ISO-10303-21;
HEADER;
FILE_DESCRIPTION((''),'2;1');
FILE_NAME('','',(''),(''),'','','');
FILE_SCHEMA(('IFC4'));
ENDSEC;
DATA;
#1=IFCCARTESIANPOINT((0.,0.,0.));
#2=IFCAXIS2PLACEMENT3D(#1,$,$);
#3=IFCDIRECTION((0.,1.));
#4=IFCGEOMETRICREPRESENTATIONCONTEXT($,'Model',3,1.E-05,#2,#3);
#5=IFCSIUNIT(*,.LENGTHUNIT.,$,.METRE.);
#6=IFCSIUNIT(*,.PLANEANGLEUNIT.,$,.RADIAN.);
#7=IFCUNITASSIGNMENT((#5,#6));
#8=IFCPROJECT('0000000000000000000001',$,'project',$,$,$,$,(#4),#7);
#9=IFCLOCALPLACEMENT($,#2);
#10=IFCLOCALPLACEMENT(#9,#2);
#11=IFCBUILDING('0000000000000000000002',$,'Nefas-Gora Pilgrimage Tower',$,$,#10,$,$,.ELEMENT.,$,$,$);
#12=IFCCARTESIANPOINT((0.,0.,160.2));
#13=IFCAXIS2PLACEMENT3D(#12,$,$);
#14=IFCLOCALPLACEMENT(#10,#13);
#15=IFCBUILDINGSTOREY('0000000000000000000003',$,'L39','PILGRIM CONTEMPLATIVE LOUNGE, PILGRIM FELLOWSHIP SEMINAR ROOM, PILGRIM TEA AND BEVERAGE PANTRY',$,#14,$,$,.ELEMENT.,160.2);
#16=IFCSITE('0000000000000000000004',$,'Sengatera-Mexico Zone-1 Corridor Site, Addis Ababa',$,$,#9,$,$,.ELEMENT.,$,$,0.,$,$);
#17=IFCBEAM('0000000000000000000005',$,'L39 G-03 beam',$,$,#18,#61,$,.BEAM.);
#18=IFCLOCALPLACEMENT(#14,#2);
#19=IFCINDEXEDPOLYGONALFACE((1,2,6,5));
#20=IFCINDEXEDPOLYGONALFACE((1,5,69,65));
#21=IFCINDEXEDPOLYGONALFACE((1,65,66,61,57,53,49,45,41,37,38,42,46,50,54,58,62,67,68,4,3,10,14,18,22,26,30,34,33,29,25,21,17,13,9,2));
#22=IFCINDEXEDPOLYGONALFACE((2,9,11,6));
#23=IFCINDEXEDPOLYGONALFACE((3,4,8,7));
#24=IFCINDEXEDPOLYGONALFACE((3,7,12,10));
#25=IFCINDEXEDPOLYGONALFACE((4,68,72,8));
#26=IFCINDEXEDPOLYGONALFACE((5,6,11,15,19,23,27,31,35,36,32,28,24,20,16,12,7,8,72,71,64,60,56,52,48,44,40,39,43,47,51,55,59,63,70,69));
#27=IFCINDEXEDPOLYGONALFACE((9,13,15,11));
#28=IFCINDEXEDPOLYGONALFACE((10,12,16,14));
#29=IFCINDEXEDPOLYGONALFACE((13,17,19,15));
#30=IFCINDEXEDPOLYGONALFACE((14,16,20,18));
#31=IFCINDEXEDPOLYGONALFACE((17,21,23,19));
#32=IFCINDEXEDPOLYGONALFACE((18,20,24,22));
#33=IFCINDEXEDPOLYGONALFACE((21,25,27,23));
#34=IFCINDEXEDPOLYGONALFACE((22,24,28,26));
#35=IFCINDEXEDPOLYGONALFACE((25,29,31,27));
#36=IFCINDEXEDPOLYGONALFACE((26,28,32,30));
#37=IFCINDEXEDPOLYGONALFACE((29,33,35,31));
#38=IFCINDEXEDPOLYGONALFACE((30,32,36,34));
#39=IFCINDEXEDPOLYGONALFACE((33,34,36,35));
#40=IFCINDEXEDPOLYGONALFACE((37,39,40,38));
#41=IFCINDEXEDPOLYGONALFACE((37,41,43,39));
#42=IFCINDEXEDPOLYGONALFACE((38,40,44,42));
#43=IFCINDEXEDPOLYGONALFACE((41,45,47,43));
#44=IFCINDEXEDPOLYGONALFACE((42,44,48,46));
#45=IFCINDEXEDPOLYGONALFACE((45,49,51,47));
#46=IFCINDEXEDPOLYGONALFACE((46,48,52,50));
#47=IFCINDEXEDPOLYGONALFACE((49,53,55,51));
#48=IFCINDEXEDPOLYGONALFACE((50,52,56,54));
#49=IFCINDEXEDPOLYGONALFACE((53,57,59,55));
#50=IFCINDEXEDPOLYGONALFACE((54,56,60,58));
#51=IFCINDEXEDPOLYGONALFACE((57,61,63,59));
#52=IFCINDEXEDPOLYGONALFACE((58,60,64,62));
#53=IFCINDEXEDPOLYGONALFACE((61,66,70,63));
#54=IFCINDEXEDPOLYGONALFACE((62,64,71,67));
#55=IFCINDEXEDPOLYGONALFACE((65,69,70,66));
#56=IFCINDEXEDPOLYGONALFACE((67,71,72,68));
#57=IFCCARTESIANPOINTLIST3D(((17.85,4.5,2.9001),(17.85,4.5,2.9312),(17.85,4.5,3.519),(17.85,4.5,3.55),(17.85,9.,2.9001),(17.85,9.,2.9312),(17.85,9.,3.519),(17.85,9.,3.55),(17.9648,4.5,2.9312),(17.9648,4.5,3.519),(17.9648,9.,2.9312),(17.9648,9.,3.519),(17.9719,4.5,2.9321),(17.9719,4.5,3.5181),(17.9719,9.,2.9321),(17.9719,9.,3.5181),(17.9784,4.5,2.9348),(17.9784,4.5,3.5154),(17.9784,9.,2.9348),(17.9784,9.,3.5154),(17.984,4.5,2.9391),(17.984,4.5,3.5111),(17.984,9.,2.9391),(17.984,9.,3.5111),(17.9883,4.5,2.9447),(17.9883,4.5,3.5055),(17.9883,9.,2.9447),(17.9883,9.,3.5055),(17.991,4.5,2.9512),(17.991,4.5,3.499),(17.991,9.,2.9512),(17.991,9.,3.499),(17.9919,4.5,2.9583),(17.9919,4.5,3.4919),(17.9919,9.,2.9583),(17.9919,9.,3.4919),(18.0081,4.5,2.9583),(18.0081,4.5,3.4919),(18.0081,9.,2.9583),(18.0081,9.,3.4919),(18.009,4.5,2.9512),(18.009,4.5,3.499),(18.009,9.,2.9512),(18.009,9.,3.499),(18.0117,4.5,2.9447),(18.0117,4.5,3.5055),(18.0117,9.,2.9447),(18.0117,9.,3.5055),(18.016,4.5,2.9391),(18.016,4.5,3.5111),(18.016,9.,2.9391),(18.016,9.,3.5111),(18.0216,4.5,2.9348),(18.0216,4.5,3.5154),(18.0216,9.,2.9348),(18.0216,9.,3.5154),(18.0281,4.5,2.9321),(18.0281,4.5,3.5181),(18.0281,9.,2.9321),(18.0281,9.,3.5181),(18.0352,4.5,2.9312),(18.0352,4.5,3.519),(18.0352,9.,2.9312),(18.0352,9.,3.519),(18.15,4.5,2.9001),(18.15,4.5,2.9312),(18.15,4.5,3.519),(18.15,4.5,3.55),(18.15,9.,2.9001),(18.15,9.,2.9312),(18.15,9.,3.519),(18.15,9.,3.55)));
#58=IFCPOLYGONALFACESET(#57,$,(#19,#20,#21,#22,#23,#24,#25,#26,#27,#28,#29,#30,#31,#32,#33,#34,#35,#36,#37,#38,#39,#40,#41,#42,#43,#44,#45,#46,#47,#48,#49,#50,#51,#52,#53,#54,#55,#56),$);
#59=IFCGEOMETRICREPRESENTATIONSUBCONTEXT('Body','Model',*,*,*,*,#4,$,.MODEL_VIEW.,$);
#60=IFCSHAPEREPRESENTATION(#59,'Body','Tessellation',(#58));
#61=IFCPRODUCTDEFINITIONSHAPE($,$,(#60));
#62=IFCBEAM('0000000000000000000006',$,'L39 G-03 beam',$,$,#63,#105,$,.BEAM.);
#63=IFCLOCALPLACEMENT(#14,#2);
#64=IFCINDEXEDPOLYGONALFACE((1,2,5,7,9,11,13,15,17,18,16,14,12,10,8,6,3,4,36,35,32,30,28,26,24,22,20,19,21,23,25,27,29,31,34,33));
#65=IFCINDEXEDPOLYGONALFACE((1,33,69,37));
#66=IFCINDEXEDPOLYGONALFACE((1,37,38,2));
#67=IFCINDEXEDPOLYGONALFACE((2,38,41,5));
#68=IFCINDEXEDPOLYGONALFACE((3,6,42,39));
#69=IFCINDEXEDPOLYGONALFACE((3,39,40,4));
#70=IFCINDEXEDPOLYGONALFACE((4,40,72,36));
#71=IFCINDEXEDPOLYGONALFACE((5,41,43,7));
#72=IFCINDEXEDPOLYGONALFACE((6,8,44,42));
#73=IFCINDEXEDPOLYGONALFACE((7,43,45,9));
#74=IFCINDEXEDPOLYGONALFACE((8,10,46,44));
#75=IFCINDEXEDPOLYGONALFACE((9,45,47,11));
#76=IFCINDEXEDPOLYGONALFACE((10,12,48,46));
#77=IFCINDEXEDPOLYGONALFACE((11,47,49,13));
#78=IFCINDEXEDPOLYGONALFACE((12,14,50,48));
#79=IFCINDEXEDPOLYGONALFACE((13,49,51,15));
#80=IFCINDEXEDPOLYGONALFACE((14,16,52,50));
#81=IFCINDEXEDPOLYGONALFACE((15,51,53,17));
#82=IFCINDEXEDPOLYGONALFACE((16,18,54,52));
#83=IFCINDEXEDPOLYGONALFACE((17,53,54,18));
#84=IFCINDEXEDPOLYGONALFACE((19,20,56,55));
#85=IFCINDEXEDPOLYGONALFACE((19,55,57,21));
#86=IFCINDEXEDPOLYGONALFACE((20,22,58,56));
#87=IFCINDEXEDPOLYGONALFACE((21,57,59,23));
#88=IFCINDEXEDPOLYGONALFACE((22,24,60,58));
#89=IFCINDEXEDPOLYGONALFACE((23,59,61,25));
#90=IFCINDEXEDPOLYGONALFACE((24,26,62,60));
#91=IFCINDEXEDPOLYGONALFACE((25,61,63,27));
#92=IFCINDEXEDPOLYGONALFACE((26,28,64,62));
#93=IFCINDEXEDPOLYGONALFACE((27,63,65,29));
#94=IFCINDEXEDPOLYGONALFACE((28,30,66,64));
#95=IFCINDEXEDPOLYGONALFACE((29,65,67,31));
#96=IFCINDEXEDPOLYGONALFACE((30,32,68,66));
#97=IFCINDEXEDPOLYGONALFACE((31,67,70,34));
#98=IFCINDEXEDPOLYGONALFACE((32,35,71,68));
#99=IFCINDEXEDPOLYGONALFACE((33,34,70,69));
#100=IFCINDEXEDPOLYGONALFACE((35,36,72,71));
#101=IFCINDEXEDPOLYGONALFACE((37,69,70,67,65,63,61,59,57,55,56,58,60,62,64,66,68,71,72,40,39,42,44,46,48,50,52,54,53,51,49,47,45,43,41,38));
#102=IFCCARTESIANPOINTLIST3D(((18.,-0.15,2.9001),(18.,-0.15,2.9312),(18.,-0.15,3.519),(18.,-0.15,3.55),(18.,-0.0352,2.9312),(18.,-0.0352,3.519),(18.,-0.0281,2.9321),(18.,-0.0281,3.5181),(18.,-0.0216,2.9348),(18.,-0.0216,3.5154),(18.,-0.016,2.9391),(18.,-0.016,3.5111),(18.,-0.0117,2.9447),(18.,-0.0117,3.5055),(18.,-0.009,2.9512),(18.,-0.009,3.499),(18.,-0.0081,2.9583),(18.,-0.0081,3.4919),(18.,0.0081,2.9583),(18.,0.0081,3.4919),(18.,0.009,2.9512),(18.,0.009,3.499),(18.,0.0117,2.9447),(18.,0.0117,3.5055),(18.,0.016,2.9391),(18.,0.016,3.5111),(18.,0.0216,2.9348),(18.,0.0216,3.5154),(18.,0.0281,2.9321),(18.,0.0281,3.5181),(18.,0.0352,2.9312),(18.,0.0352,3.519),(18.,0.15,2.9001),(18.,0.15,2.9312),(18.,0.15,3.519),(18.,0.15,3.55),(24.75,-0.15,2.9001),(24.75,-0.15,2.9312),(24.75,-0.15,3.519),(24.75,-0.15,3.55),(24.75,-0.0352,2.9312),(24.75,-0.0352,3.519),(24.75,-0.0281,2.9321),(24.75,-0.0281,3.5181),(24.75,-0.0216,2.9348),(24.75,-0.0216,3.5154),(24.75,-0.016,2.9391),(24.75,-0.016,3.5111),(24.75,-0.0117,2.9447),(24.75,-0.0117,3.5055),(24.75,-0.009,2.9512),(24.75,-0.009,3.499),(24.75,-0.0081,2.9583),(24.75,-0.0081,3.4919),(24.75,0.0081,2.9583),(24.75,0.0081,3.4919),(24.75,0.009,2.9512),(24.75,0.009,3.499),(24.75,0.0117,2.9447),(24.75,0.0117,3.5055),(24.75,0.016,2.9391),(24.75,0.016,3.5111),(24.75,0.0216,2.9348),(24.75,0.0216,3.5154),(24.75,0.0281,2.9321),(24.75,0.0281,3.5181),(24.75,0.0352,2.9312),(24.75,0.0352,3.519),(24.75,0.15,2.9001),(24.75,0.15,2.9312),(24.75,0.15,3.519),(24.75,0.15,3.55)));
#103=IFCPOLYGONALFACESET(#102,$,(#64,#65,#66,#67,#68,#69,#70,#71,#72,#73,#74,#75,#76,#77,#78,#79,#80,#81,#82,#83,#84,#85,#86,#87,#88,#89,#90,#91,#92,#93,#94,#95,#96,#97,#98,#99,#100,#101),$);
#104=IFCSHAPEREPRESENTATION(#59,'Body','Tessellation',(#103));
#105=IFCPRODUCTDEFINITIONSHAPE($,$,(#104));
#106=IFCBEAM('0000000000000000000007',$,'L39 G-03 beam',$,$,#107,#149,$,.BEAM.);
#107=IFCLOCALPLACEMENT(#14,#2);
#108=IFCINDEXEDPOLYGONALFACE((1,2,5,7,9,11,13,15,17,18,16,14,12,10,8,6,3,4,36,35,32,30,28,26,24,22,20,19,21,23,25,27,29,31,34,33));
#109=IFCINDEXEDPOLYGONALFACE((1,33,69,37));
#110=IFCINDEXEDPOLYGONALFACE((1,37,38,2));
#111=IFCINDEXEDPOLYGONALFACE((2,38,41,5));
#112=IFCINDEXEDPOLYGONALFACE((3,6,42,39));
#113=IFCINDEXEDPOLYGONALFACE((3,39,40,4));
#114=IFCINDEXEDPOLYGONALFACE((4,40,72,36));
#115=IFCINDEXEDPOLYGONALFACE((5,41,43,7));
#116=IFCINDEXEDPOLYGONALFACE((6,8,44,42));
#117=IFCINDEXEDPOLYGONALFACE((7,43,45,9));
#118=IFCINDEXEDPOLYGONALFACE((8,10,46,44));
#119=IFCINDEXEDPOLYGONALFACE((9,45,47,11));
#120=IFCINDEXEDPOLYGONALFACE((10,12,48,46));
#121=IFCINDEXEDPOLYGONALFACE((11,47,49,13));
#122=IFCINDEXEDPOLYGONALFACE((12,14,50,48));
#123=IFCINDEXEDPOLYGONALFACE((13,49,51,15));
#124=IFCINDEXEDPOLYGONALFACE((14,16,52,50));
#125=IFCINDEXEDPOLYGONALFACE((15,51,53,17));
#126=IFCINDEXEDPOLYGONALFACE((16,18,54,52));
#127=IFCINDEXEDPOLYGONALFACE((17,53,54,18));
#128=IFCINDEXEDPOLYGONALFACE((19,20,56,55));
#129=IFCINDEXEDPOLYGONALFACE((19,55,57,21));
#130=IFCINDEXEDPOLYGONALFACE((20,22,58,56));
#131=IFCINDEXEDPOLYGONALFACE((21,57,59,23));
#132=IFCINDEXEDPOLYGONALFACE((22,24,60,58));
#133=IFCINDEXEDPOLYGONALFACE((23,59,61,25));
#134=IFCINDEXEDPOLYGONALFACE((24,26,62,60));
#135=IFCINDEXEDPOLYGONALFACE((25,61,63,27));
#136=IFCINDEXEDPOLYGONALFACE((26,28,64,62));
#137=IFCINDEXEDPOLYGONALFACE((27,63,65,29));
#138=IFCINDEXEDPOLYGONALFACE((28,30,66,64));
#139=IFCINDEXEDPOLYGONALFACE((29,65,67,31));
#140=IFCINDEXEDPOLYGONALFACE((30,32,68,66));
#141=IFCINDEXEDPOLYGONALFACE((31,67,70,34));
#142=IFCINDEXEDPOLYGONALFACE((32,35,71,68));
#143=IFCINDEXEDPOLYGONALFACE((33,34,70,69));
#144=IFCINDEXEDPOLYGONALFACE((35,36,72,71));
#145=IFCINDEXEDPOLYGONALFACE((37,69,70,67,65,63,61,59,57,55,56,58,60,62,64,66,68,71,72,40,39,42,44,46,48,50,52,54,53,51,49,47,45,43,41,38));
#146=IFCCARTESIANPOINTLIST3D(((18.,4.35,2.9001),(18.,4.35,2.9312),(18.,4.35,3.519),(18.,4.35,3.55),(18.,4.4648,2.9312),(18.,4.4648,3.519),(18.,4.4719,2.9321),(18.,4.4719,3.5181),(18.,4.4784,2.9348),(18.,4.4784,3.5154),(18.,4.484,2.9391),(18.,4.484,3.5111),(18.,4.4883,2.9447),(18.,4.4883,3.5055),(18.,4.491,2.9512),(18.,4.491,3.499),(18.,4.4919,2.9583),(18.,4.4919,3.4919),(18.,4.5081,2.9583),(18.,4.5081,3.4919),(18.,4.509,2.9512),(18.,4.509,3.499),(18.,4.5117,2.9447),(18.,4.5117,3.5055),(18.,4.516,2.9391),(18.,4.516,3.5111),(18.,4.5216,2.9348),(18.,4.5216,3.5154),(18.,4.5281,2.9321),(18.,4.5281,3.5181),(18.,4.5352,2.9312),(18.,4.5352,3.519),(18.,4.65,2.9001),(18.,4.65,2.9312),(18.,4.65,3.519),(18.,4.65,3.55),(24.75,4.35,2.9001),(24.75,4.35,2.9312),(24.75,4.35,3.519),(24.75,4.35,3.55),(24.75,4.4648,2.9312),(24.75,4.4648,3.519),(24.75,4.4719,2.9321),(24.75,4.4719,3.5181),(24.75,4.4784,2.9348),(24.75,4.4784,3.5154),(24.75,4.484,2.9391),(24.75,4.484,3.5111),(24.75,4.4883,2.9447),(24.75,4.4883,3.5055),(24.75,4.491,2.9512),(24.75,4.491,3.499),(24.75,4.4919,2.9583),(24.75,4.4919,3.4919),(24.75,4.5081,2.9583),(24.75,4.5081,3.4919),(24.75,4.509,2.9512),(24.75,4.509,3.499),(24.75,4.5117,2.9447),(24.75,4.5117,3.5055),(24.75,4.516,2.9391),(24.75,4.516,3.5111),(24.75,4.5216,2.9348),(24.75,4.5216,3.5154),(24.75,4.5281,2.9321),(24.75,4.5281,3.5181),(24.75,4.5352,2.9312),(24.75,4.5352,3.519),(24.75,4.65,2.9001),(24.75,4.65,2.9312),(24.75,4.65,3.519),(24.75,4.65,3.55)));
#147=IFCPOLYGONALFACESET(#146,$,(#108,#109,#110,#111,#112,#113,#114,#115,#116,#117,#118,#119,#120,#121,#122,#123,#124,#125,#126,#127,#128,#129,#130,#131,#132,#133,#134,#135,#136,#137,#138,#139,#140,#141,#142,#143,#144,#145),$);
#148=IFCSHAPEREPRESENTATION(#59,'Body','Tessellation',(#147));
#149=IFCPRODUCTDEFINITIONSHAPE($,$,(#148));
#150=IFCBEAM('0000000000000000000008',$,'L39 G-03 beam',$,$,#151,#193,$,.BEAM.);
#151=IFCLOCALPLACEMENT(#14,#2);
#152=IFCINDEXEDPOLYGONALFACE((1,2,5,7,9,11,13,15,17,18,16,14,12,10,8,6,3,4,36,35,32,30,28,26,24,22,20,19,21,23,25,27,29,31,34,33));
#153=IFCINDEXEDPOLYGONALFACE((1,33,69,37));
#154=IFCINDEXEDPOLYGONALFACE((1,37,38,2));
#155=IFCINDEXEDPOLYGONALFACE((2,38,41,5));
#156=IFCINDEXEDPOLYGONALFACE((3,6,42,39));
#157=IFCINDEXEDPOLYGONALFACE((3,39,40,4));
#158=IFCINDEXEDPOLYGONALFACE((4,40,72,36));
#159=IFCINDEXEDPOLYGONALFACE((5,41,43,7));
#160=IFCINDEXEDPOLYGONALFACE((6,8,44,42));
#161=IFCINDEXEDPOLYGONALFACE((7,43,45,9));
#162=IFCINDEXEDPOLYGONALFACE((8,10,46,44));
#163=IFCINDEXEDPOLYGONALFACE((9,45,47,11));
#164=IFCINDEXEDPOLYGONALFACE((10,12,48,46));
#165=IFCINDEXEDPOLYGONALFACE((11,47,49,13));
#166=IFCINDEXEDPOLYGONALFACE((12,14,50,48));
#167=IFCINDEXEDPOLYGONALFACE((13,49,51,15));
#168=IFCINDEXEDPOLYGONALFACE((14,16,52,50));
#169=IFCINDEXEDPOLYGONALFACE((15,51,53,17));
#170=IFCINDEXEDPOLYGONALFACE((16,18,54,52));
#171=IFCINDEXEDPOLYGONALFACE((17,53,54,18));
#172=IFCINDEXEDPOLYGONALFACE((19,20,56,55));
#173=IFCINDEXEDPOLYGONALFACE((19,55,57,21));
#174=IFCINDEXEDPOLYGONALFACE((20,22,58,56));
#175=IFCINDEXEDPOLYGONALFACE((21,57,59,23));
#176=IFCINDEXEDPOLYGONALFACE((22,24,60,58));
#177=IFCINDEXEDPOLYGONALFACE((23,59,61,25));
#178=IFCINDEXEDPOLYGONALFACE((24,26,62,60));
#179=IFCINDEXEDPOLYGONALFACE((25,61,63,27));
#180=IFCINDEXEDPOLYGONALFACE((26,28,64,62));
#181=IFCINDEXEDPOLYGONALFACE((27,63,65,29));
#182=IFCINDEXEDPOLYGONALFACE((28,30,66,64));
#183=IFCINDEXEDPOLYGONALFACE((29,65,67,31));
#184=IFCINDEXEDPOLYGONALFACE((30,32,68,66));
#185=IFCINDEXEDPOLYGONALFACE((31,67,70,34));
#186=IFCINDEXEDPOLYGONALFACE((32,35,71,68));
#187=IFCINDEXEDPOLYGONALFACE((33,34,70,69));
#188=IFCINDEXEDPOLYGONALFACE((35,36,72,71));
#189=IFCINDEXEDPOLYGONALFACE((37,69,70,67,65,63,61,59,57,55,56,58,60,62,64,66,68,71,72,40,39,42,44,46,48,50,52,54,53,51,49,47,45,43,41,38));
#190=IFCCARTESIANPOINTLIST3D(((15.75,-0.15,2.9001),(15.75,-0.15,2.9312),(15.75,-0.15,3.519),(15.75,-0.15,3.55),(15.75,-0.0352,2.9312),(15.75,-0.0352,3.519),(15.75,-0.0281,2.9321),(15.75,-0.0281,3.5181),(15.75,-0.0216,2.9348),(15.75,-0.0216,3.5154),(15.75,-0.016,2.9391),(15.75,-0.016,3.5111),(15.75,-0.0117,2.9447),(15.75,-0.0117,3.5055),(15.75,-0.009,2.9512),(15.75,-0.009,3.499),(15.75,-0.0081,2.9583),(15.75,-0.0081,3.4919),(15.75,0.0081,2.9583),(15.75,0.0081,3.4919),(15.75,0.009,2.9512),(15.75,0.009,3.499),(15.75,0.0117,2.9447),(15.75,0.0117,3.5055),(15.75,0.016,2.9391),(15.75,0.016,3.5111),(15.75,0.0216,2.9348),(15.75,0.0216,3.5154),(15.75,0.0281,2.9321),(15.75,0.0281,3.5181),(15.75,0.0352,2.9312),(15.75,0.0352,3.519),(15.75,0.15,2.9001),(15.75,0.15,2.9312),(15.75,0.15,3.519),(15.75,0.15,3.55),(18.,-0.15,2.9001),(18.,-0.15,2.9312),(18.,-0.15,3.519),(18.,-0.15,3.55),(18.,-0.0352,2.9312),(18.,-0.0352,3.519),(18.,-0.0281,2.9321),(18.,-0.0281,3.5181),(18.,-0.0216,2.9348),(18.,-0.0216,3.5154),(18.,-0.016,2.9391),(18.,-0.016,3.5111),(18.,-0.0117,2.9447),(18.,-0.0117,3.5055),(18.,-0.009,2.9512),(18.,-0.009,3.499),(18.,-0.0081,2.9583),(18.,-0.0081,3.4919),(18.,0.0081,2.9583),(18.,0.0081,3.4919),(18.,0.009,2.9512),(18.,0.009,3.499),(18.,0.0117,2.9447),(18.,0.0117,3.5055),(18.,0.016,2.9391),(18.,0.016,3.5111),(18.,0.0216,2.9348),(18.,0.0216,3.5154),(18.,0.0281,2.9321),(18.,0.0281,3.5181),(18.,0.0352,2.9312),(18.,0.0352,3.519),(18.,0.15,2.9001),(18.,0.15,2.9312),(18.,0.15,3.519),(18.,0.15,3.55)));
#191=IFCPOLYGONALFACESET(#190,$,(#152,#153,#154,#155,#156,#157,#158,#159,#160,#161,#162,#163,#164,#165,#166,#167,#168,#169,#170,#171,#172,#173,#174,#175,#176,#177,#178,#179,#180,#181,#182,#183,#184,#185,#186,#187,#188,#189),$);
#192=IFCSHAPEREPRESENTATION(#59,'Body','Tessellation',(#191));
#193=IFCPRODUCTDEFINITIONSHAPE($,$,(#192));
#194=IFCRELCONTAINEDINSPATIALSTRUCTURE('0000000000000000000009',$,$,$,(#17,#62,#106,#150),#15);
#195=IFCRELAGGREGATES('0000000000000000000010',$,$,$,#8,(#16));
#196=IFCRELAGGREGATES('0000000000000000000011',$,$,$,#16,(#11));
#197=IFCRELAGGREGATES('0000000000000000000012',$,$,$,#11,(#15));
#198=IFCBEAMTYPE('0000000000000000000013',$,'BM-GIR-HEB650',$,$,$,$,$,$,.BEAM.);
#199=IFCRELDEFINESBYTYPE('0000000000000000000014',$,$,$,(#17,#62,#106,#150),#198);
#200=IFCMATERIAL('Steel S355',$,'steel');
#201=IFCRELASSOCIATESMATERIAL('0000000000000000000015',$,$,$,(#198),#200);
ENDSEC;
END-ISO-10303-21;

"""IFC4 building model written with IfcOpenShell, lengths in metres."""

from ifc_helpers import new_model, si_unit, direction, frame, origin, origin_2d, place, context, subcontext, project, spatial, i_section, extrude, source, transform, mapped, material, material_profile, profile_set, type_object, element, save


model = new_model("IFC4")

# Units and contexts
model_context = context("Model", 3, precision=1e-05, world=origin(), true_north=direction((0.0, 1.0)))
body_context = subcontext(model_context, "Body", "Model", "MODEL_VIEW")
ifc_project = project(units=[si_unit("LENGTHUNIT", "METRE"), si_unit("PLANEANGLEUNIT", "RADIAN")], contexts=[model_context])

# Site, building, storey
site_placement = place(None, origin())
site = spatial("IfcSite", under=ifc_project, at=site_placement, Name="Sengatera-Mexico Zone-1 Corridor Site, Addis Ababa", CompositionType="ELEMENT", RefElevation=0.0)
building_placement = place(site_placement, origin())
building = spatial("IfcBuilding", under=site, at=building_placement, Name="Nefas-Gora Pilgrimage Tower", CompositionType="ELEMENT")
storey_placement = place(building_placement, frame((0.0, 0.0, 160.2)))
storey = spatial("IfcBuildingStorey", under=building, at=storey_placement, Name="L39", Description="PILGRIM CONTEMPLATIVE LOUNGE, PILGRIM FELLOWSHIP SEMINAR ROOM, PILGRIM TEA AND BEVERAGE PANTRY", CompositionType="ELEMENT", Elevation=160.2)

# Beams
ifc_material_1 = material(Name="Steel S355", Category="steel")
ifc_material_profile_1 = material_profile(ifc_material_1, i_section(OverallWidth=0.3, OverallDepth=0.6499, WebThickness=0.0161, FlangeThickness=0.031, FilletRadius=0.0271, at=origin_2d()), Name="HEB 650")
ifc_profile_set_1 = profile_set([ifc_material_profile_1], Name="Steel S355")
beam_type_1 = type_object("IfcBeamType", Name="BM-GIR-HEB650", PredefinedType="BEAM", material=ifc_profile_set_1)
shared_shape_1 = source(origin(), body_context, "Body", "SweptSolid", [
    extrude(i_section(OverallWidth=0.3, OverallDepth=0.6499, WebThickness=0.0161, FlangeThickness=0.031, FilletRadius=0.0271, at=origin_2d()), origin(), (0.0, 0.0, 1.0), 4.5),
])
for number, where, z_axis, x_axis, name in (
    (1, (18.0, 4.5, 3.2251), (0.0, 1.0, 0.0), (-1.0, 0.0, 0.0), "L39 G-03 beam"),
):
    element("IfcBeam", number, at=place(storey_placement, frame(where, z_axis=z_axis, x_axis=x_axis)), inside=storey, type_object=beam_type_1, Name=name, PredefinedType="BEAM", context=body_context, shape_type="MappedRepresentation", body=[
        mapped(shared_shape_1, transform((0.0, 0.0, 0.0), x_axis=(1.0, 0.0, 0.0), y_axis=(0.0, 1.0, 0.0), z_axis=(0.0, 0.0, 1.0), scale=1.0)),
    ])
shared_shape_2 = source(origin(), body_context, "Body", "SweptSolid", [
    extrude(i_section(OverallWidth=0.3, OverallDepth=0.6499, WebThickness=0.0161, FlangeThickness=0.031, FilletRadius=0.0271, at=origin_2d()), origin(), (0.0, 0.0, 1.0), 6.75),
])
for number, where, z_axis, x_axis, name in (
    (2, (18.0, 0.0, 3.2251), (1.0, 0.0, 0.0), (0.0, 1.0, 0.0), "L39 G-03 beam"),
    (3, (18.0, 4.5, 3.2251), (1.0, 0.0, 0.0), (0.0, 1.0, 0.0), "L39 G-03 beam"),
):
    element("IfcBeam", number, at=place(storey_placement, frame(where, z_axis=z_axis, x_axis=x_axis)), inside=storey, type_object=beam_type_1, Name=name, PredefinedType="BEAM", context=body_context, shape_type="MappedRepresentation", body=[
        mapped(shared_shape_2, transform((0.0, 0.0, 0.0), x_axis=(1.0, 0.0, 0.0), y_axis=(0.0, 1.0, 0.0), z_axis=(0.0, 0.0, 1.0), scale=1.0)),
    ])
shared_shape_3 = source(origin(), body_context, "Body", "SweptSolid", [
    extrude(i_section(OverallWidth=0.3, OverallDepth=0.6499, WebThickness=0.0161, FlangeThickness=0.031, FilletRadius=0.0271, at=origin_2d()), origin(), (0.0, 0.0, 1.0), 2.25),
])
for number, where, z_axis, x_axis, name in (
    (4, (15.75, 0.0, 3.2251), (1.0, 0.0, 0.0), (0.0, 1.0, 0.0), "L39 G-03 beam"),
):
    element("IfcBeam", number, at=place(storey_placement, frame(where, z_axis=z_axis, x_axis=x_axis)), inside=storey, type_object=beam_type_1, Name=name, PredefinedType="BEAM", context=body_context, shape_type="MappedRepresentation", body=[
        mapped(shared_shape_3, transform((0.0, 0.0, 0.0), x_axis=(1.0, 0.0, 0.0), y_axis=(0.0, 1.0, 0.0), z_axis=(0.0, 0.0, 1.0), scale=1.0)),
    ])

save(model, "model.ifc")
